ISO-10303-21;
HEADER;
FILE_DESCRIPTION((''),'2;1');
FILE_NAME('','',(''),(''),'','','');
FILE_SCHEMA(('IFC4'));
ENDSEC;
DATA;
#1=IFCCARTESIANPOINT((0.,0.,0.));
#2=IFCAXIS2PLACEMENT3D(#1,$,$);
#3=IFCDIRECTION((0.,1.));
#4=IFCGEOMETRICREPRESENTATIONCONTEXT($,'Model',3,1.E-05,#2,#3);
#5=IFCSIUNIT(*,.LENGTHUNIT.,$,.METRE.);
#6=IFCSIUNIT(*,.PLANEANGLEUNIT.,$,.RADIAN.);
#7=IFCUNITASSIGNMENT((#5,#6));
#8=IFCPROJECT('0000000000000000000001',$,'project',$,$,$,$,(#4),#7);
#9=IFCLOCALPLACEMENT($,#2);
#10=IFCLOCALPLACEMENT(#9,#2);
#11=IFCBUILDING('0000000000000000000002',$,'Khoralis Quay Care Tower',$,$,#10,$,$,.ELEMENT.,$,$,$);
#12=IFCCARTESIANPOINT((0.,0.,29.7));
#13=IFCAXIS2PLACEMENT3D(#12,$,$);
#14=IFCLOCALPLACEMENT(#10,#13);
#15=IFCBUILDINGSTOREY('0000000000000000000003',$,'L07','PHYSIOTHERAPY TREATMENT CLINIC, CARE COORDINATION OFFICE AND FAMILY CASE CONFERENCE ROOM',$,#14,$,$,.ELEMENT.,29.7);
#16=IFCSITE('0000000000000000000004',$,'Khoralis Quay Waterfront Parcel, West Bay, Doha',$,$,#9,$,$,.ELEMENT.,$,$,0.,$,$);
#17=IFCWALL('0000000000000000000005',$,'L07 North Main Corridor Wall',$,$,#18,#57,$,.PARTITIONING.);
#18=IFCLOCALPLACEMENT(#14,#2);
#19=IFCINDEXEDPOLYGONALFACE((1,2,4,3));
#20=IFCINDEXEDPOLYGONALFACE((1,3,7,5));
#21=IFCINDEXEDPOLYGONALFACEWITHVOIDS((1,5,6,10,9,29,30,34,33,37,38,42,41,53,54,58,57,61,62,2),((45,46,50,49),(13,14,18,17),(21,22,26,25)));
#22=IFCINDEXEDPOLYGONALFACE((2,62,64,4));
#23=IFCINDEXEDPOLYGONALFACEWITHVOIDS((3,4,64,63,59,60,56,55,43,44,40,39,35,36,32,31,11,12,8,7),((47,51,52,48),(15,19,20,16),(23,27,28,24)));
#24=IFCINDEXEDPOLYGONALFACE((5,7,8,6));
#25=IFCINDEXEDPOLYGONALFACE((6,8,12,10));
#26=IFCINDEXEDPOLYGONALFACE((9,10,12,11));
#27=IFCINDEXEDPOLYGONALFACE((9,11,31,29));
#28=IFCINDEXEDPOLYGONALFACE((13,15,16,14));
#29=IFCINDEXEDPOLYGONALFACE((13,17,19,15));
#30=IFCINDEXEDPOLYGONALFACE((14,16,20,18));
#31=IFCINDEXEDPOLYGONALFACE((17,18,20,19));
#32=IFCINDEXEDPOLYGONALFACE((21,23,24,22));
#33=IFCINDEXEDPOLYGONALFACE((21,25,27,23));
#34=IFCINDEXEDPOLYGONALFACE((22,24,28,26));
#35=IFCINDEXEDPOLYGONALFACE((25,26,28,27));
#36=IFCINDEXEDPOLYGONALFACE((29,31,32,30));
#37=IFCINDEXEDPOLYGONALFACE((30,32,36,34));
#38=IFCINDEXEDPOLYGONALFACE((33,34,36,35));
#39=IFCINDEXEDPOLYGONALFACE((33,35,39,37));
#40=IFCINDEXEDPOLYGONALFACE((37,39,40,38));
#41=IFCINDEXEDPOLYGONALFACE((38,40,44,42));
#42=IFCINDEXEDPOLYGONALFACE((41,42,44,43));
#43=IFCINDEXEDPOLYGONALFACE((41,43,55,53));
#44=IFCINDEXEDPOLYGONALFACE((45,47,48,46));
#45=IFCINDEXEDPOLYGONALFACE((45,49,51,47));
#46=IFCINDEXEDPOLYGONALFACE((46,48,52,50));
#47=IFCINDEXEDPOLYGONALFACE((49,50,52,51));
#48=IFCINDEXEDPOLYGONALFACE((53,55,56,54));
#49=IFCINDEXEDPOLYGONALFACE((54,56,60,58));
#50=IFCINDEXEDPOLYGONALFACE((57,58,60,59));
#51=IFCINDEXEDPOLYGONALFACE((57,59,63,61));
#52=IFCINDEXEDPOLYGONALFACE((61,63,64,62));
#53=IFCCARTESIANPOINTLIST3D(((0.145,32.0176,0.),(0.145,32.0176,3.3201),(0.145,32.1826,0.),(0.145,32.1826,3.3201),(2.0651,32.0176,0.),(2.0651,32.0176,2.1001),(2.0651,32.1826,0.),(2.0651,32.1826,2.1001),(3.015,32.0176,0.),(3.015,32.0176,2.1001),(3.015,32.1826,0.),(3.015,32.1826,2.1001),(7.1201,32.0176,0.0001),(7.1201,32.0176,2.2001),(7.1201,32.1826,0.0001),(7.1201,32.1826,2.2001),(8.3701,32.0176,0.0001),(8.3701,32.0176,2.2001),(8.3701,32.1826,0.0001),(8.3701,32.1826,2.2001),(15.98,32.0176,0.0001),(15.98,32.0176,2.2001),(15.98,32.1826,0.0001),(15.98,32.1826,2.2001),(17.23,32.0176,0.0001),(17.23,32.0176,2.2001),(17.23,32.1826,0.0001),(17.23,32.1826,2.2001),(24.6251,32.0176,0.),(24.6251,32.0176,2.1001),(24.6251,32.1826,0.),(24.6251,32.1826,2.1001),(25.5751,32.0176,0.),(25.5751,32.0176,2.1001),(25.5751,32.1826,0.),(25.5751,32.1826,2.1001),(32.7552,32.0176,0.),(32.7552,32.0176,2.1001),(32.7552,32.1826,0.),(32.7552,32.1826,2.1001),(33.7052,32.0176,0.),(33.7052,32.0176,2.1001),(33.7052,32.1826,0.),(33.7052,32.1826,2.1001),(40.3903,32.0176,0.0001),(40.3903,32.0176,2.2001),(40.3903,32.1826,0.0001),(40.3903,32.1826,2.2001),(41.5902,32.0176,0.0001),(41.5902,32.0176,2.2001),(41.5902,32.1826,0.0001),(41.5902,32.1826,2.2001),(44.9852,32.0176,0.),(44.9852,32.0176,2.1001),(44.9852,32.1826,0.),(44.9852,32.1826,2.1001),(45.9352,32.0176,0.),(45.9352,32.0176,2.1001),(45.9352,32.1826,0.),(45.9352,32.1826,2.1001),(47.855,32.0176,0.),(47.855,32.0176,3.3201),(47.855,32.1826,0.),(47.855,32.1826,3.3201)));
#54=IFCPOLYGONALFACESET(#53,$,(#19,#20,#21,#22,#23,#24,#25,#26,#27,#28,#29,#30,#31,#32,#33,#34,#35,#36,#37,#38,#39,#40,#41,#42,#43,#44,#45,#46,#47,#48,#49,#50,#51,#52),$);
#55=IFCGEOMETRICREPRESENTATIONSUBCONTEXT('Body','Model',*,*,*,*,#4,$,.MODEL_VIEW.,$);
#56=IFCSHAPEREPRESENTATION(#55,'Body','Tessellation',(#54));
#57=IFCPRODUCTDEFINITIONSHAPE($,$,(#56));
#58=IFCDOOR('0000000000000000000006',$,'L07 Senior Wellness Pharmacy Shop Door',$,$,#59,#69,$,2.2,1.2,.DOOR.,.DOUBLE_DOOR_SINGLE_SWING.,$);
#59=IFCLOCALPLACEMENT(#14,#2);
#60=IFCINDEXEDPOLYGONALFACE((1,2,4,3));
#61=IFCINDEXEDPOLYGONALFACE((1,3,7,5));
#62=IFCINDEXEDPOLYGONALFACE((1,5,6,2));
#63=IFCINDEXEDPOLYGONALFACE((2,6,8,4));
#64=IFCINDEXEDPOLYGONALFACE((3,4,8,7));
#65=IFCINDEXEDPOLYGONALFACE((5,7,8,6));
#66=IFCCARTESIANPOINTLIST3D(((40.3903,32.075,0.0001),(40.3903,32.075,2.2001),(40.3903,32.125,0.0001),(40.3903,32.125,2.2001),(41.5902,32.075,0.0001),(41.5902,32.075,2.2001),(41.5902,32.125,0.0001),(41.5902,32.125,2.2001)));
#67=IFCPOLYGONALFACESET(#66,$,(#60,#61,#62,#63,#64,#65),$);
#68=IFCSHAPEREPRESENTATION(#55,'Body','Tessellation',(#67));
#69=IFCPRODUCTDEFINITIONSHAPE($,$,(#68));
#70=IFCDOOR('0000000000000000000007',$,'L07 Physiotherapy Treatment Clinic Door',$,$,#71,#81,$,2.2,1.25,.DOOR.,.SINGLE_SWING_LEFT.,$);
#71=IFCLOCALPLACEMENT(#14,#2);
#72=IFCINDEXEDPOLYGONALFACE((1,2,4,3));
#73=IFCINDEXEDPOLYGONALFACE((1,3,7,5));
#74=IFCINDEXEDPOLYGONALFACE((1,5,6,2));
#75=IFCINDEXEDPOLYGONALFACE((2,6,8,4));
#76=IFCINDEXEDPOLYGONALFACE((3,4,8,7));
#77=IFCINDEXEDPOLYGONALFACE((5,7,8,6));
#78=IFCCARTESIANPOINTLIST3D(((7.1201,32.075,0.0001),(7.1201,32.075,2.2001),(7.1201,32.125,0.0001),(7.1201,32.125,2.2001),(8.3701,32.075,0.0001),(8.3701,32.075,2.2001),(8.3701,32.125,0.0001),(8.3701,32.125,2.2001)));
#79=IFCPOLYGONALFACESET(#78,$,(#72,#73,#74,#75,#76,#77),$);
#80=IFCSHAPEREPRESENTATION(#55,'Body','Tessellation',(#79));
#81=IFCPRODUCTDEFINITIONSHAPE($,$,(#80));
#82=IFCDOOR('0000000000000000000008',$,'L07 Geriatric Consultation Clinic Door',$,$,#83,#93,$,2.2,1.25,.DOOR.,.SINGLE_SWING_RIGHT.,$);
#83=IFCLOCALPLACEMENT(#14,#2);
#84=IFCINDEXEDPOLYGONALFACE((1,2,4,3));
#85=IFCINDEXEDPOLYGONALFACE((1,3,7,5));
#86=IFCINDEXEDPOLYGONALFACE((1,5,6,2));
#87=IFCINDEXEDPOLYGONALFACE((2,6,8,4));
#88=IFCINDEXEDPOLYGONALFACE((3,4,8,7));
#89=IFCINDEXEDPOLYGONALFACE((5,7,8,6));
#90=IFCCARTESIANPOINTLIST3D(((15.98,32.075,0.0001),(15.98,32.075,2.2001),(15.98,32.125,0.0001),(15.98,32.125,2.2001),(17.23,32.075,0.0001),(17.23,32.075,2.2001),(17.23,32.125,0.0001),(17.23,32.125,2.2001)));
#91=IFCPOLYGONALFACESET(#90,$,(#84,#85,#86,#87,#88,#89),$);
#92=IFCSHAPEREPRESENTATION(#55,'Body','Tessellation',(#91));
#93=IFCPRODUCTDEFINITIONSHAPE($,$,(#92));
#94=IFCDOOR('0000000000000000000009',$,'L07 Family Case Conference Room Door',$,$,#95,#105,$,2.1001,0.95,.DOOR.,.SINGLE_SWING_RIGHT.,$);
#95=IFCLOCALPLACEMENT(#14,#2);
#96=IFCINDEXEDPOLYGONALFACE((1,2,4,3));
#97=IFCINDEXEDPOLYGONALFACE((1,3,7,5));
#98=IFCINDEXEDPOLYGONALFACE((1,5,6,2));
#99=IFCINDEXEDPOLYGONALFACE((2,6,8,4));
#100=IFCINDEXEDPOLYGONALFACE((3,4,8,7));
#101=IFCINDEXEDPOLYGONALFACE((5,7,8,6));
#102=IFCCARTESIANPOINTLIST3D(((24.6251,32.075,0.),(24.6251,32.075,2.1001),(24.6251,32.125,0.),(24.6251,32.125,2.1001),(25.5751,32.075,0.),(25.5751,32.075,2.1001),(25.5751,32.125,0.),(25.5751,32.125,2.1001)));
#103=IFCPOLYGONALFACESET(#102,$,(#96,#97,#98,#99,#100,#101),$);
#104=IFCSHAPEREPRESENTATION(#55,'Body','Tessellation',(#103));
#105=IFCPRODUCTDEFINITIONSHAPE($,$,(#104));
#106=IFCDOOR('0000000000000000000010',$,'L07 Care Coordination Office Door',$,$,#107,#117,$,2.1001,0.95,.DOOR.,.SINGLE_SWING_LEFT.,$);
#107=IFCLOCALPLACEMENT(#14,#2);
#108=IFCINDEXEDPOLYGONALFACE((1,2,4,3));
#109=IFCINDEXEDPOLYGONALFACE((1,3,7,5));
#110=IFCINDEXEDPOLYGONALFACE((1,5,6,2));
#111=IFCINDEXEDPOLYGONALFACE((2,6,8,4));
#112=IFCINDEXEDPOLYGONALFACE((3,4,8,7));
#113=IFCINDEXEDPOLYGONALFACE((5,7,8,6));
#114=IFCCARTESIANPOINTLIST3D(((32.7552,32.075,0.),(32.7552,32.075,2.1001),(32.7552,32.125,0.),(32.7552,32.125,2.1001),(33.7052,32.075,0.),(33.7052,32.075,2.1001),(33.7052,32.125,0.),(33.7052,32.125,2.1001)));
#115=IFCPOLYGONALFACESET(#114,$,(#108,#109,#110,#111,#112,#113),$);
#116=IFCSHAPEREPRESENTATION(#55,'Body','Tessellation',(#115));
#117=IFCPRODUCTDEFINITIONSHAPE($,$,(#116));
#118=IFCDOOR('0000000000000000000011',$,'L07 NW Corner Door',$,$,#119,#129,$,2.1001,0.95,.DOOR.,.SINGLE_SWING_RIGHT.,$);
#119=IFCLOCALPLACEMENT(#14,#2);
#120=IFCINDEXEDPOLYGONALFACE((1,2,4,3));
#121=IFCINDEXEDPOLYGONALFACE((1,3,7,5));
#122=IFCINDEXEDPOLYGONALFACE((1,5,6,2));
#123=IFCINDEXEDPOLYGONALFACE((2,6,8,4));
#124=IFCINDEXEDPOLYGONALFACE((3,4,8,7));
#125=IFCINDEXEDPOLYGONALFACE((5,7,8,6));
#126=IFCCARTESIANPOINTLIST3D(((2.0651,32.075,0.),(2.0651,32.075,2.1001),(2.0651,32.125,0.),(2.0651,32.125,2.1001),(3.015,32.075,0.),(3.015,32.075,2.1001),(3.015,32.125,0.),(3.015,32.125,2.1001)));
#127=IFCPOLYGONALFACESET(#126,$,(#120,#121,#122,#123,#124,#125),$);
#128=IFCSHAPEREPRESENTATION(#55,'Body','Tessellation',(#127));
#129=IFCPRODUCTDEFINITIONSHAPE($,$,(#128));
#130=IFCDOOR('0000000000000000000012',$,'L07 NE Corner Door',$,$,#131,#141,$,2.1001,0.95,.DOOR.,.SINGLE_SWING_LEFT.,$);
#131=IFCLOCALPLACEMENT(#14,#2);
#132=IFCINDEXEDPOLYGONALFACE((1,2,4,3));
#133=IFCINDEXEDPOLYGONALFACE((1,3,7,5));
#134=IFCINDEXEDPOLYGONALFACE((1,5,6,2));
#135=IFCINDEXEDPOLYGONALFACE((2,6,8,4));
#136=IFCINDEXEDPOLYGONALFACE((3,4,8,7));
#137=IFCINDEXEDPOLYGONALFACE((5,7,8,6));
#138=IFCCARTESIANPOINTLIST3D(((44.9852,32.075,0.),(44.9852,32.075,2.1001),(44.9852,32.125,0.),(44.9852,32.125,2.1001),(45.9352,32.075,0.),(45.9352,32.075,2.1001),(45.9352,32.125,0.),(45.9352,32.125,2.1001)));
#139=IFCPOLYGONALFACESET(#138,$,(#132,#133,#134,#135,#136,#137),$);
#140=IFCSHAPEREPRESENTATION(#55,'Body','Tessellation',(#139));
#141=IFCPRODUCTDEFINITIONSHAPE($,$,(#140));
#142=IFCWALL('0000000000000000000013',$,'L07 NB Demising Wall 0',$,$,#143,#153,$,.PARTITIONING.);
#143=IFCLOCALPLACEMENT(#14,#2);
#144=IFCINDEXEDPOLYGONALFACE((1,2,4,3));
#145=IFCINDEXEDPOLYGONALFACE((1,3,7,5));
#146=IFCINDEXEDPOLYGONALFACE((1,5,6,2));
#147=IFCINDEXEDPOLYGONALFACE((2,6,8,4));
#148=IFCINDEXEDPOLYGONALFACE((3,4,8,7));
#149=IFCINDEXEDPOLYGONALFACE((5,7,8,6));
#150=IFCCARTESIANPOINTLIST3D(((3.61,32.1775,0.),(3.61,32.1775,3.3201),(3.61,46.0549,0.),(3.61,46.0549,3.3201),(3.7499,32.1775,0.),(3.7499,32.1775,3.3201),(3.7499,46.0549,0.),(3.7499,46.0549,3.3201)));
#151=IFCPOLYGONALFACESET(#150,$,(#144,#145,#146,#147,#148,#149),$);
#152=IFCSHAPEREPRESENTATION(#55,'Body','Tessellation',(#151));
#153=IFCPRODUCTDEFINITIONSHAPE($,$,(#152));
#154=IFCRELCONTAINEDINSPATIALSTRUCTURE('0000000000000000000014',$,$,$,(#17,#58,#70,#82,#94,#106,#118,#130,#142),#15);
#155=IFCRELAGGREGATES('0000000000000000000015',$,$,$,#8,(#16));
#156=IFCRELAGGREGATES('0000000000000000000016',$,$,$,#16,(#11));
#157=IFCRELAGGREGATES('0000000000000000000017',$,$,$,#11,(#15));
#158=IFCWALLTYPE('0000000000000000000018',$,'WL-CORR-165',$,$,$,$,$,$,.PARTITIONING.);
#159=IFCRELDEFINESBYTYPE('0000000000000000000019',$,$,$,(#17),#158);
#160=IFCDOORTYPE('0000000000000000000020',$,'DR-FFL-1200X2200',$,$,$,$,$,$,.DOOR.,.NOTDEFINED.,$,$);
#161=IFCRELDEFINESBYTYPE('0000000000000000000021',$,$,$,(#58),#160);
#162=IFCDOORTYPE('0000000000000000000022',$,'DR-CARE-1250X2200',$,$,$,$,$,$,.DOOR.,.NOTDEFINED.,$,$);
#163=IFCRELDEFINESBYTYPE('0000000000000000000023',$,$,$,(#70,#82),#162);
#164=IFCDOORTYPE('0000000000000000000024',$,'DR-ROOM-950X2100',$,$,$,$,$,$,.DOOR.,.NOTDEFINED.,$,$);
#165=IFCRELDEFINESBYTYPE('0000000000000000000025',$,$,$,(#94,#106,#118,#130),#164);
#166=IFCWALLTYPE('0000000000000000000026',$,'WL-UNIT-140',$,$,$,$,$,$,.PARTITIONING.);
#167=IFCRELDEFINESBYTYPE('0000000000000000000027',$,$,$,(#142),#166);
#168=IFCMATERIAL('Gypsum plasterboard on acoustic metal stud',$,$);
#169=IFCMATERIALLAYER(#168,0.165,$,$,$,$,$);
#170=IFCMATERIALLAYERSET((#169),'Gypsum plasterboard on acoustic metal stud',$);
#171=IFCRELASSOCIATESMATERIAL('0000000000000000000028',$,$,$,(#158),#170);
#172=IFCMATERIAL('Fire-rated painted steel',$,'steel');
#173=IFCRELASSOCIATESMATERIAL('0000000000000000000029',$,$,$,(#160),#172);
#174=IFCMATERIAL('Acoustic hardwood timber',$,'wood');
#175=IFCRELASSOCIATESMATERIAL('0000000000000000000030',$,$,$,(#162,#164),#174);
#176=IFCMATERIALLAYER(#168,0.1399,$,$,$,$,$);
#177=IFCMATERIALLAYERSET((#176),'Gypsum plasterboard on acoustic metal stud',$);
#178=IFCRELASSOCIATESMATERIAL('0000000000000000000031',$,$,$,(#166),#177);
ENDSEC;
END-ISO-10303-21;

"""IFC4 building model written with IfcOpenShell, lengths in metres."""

from ifc_helpers import new_model, si_unit, direction, frame, frame_2d, origin, place, context, subcontext, project, spatial, rectangle, extrude, source, transform, mapped, material, layer, layer_set, type_object, element, fill, save


model = new_model("IFC4")

# Units and contexts
model_context = context("Model", 3, precision=1e-05, world=origin(), true_north=direction((0.0, 1.0)))
body_context = subcontext(model_context, "Body", "Model", "MODEL_VIEW")
ifc_project = project(units=[si_unit("LENGTHUNIT", "METRE"), si_unit("PLANEANGLEUNIT", "RADIAN")], contexts=[model_context])

# Site, building, storey
site_placement = place(None, origin())
site = spatial("IfcSite", under=ifc_project, at=site_placement, Name="Khoralis Quay Waterfront Parcel, West Bay, Doha", CompositionType="ELEMENT", RefElevation=0.0)
building_placement = place(site_placement, origin())
building = spatial("IfcBuilding", under=site, at=building_placement, Name="Khoralis Quay Care Tower", CompositionType="ELEMENT")
storey_placement = place(building_placement, frame((0.0, 0.0, 29.7)))
storey = spatial("IfcBuildingStorey", under=building, at=storey_placement, Name="L07", Description="PHYSIOTHERAPY TREATMENT CLINIC, CARE COORDINATION OFFICE AND FAMILY CASE CONFERENCE ROOM", CompositionType="ELEMENT", Elevation=29.7)

# Shared definitions
ifc_material_1 = material(Name="Gypsum plasterboard on acoustic metal stud")
ifc_layer_1 = layer(ifc_material_1, 0.165)
ifc_layer_set_1 = layer_set([ifc_layer_1], Name="Gypsum plasterboard on acoustic metal stud")
wall_type_1 = type_object("IfcWallType", Name="WL-CORR-165", PredefinedType="PARTITIONING", material=ifc_layer_set_1)
ifc_material_2 = material(Name="Fire-rated painted steel", Category="steel")
door_type_1 = type_object("IfcDoorType", Name="DR-FFL-1200X2200", OperationType="NOTDEFINED", PredefinedType="DOOR", material=ifc_material_2)
shared_shape_1 = source(origin(), body_context, "Body", "SweptSolid", [
    extrude(rectangle(XDim=1.2, YDim=2.2, at=frame_2d((0.6001, 1.1001))), frame((0.0, 0.0249, 0.0), z_axis=(0.0, -1.0, 0.0), x_axis=(1.0, 0.0, 0.0)), (0.0, 0.0, 1.0), 0.05),
])

# Wall, openings, doors
wall_1_placement = place(storey_placement, frame((0.145, 32.1001, 0.0), z_axis=(0.0, 0.0, 1.0), x_axis=(1.0, 0.0, 0.0)))
wall_1 = element("IfcWall", 1, at=wall_1_placement, inside=storey, type_object=wall_type_1, Name="L07 North Main Corridor Wall", PredefinedType="PARTITIONING", context=body_context, shape_type="SweptSolid", body=[
    extrude(rectangle(XDim=47.71, YDim=0.165, at=frame_2d((23.855, 0.0))), origin(), (0.0, 0.0, 1.0), 3.3201),
])
opening_1_placement = place(wall_1_placement, frame((6.9751, 0.0, 0.0)))
opening_1 = element("IfcOpeningElement", 2, at=opening_1_placement, cuts=wall_1, PredefinedType="OPENING", context=body_context, shape_type="SweptSolid", body=[
    extrude(rectangle(XDim=1.25, YDim=2.2, at=frame_2d((0.625, 1.1001))), frame((0.0, 0.0925, 0.0), z_axis=(0.0, -1.0, 0.0), x_axis=(1.0, 0.0, 0.0)), (0.0, 0.0, 1.0), 0.1851),
])
opening_2_placement = place(wall_1_placement, frame((15.835, 0.0, 0.0)))
opening_2 = element("IfcOpeningElement", 3, at=opening_2_placement, cuts=wall_1, PredefinedType="OPENING", context=body_context, shape_type="SweptSolid", body=[
    extrude(rectangle(XDim=1.25, YDim=2.2, at=frame_2d((0.625, 1.1001))), frame((0.0, 0.0925, 0.0), z_axis=(0.0, -1.0, 0.0), x_axis=(1.0, 0.0, 0.0)), (0.0, 0.0, 1.0), 0.1851),
])
opening_3_placement = place(wall_1_placement, frame((24.48, 0.0, 0.0)))
opening_3 = element("IfcOpeningElement", 4, at=opening_3_placement, cuts=wall_1, PredefinedType="OPENING", context=body_context, shape_type="SweptSolid", body=[
    extrude(rectangle(XDim=0.95, YDim=2.1001, at=frame_2d((0.4751, 1.05))), frame((0.0, 0.0925, 0.0), z_axis=(0.0, -1.0, 0.0), x_axis=(1.0, 0.0, 0.0)), (0.0, 0.0, 1.0), 0.1851),
])
opening_4_placement = place(wall_1_placement, frame((32.6101, 0.0, 0.0)))
opening_4 = element("IfcOpeningElement", 5, at=opening_4_placement, cuts=wall_1, PredefinedType="OPENING", context=body_context, shape_type="SweptSolid", body=[
    extrude(rectangle(XDim=0.95, YDim=2.1001, at=frame_2d((0.4751, 1.05))), frame((0.0, 0.0925, 0.0), z_axis=(0.0, -1.0, 0.0), x_axis=(1.0, 0.0, 0.0)), (0.0, 0.0, 1.0), 0.1851),
])
opening_5_placement = place(wall_1_placement, frame((40.2451, 0.0, 0.0)))
opening_5 = element("IfcOpeningElement", 6, at=opening_5_placement, cuts=wall_1, PredefinedType="OPENING", context=body_context, shape_type="SweptSolid", body=[
    extrude(rectangle(XDim=1.2, YDim=2.2, at=frame_2d((0.6001, 1.1001))), frame((0.0, 0.0925, 0.0), z_axis=(0.0, -1.0, 0.0), x_axis=(1.0, 0.0, 0.0)), (0.0, 0.0, 1.0), 0.1851),
])
opening_6_placement = place(wall_1_placement, frame((1.9199, 0.0, 0.0)))
opening_6 = element("IfcOpeningElement", 7, at=opening_6_placement, cuts=wall_1, PredefinedType="OPENING", context=body_context, shape_type="SweptSolid", body=[
    extrude(rectangle(XDim=0.95, YDim=2.1001, at=frame_2d((0.4751, 1.05))), frame((0.0, 0.0925, 0.0), z_axis=(0.0, -1.0, 0.0), x_axis=(1.0, 0.0, 0.0)), (0.0, 0.0, 1.0), 0.1851),
])
opening_7_placement = place(wall_1_placement, frame((44.8401, 0.0, 0.0)))
opening_7 = element("IfcOpeningElement", 8, at=opening_7_placement, cuts=wall_1, PredefinedType="OPENING", context=body_context, shape_type="SweptSolid", body=[
    extrude(rectangle(XDim=0.95, YDim=2.1001, at=frame_2d((0.4751, 1.05))), frame((0.0, 0.0925, 0.0), z_axis=(0.0, -1.0, 0.0), x_axis=(1.0, 0.0, 0.0)), (0.0, 0.0, 1.0), 0.1851),
])
door_1_placement = place(opening_5_placement, origin())
door_1 = element("IfcDoor", 9, at=door_1_placement, inside=storey, type_object=door_type_1, Name="L07 Senior Wellness Pharmacy Shop Door", OperationType="DOUBLE_DOOR_SINGLE_SWING", OverallHeight=2.2, OverallWidth=1.2, PredefinedType="DOOR", context=body_context, shape_type="MappedRepresentation", body=[
    mapped(shared_shape_1, transform((0.0, 0.0, 0.0), scale=1.0)),
])
fill(opening_5, door_1)
ifc_material_3 = material(Name="Acoustic hardwood timber", Category="wood")
door_type_2 = type_object("IfcDoorType", Name="DR-CARE-1250X2200", OperationType="NOTDEFINED", PredefinedType="DOOR", material=ifc_material_3)
shared_shape_2 = source(origin(), body_context, "Body", "SweptSolid", [
    extrude(rectangle(XDim=1.25, YDim=2.2, at=frame_2d((0.625, 1.1001))), frame((0.0, 0.0249, 0.0), z_axis=(0.0, -1.0, 0.0), x_axis=(1.0, 0.0, 0.0)), (0.0, 0.0, 1.0), 0.05),
])
door_2_placement = place(opening_1_placement, origin())
door_2 = element("IfcDoor", 10, at=door_2_placement, inside=storey, type_object=door_type_2, Name="L07 Physiotherapy Treatment Clinic Door", OperationType="SINGLE_SWING_LEFT", OverallHeight=2.2, OverallWidth=1.25, PredefinedType="DOOR", context=body_context, shape_type="MappedRepresentation", body=[
    mapped(shared_shape_2, transform((0.0, 0.0, 0.0), scale=1.0)),
])
fill(opening_1, door_2)
door_3_placement = place(opening_2_placement, origin())
door_3 = element("IfcDoor", 11, at=door_3_placement, inside=storey, type_object=door_type_2, Name="L07 Geriatric Consultation Clinic Door", OperationType="SINGLE_SWING_RIGHT", OverallHeight=2.2, OverallWidth=1.25, PredefinedType="DOOR", context=body_context, shape_type="MappedRepresentation", body=[
    mapped(shared_shape_2, transform((0.0, 0.0, 0.0), scale=1.0)),
])
fill(opening_2, door_3)
door_type_3 = type_object("IfcDoorType", Name="DR-ROOM-950X2100", OperationType="NOTDEFINED", PredefinedType="DOOR", material=ifc_material_3)
shared_shape_3 = source(origin(), body_context, "Body", "SweptSolid", [
    extrude(rectangle(XDim=0.95, YDim=2.1001, at=frame_2d((0.4751, 1.05))), frame((0.0, 0.0249, 0.0), z_axis=(0.0, -1.0, 0.0), x_axis=(1.0, 0.0, 0.0)), (0.0, 0.0, 1.0), 0.05),
])
door_4_placement = place(opening_3_placement, origin())
door_4 = element("IfcDoor", 12, at=door_4_placement, inside=storey, type_object=door_type_3, Name="L07 Family Case Conference Room Door", OperationType="SINGLE_SWING_RIGHT", OverallHeight=2.1001, OverallWidth=0.95, PredefinedType="DOOR", context=body_context, shape_type="MappedRepresentation", body=[
    mapped(shared_shape_3, transform((0.0, 0.0, 0.0), scale=1.0)),
])
fill(opening_3, door_4)
door_5_placement = place(opening_4_placement, origin())
door_5 = element("IfcDoor", 13, at=door_5_placement, inside=storey, type_object=door_type_3, Name="L07 Care Coordination Office Door", OperationType="SINGLE_SWING_LEFT", OverallHeight=2.1001, OverallWidth=0.95, PredefinedType="DOOR", context=body_context, shape_type="MappedRepresentation", body=[
    mapped(shared_shape_3, transform((0.0, 0.0, 0.0), scale=1.0)),
])
fill(opening_4, door_5)
door_6_placement = place(opening_6_placement, origin())
door_6 = element("IfcDoor", 14, at=door_6_placement, inside=storey, type_object=door_type_3, Name="L07 NW Corner Door", OperationType="SINGLE_SWING_RIGHT", OverallHeight=2.1001, OverallWidth=0.95, PredefinedType="DOOR", context=body_context, shape_type="MappedRepresentation", body=[
    mapped(shared_shape_3, transform((0.0, 0.0, 0.0), scale=1.0)),
])
fill(opening_6, door_6)
door_7_placement = place(opening_7_placement, origin())
door_7 = element("IfcDoor", 15, at=door_7_placement, inside=storey, type_object=door_type_3, Name="L07 NE Corner Door", OperationType="SINGLE_SWING_LEFT", OverallHeight=2.1001, OverallWidth=0.95, PredefinedType="DOOR", context=body_context, shape_type="MappedRepresentation", body=[
    mapped(shared_shape_3, transform((0.0, 0.0, 0.0), scale=1.0)),
])
fill(opening_7, door_7)

# Wall
ifc_layer_2 = layer(ifc_material_1, 0.1399)
ifc_layer_set_2 = layer_set([ifc_layer_2], Name="Gypsum plasterboard on acoustic metal stud")
wall_type_2 = type_object("IfcWallType", Name="WL-UNIT-140", PredefinedType="PARTITIONING", material=ifc_layer_set_2)
wall_2_placement = place(storey_placement, frame((3.6799, 32.1775, 0.0), z_axis=(0.0, 0.0, 1.0), x_axis=(0.0, 1.0, 0.0)))
element("IfcWall", 16, at=wall_2_placement, inside=storey, type_object=wall_type_2, Name="L07 NB Demising Wall 0", PredefinedType="PARTITIONING", context=body_context, shape_type="SweptSolid", body=[
    extrude(rectangle(XDim=13.8774, YDim=0.1399, at=frame_2d((6.9387, 0.0))), origin(), (0.0, 0.0, 1.0), 3.3201),
])

save(model, "model.ifc")
